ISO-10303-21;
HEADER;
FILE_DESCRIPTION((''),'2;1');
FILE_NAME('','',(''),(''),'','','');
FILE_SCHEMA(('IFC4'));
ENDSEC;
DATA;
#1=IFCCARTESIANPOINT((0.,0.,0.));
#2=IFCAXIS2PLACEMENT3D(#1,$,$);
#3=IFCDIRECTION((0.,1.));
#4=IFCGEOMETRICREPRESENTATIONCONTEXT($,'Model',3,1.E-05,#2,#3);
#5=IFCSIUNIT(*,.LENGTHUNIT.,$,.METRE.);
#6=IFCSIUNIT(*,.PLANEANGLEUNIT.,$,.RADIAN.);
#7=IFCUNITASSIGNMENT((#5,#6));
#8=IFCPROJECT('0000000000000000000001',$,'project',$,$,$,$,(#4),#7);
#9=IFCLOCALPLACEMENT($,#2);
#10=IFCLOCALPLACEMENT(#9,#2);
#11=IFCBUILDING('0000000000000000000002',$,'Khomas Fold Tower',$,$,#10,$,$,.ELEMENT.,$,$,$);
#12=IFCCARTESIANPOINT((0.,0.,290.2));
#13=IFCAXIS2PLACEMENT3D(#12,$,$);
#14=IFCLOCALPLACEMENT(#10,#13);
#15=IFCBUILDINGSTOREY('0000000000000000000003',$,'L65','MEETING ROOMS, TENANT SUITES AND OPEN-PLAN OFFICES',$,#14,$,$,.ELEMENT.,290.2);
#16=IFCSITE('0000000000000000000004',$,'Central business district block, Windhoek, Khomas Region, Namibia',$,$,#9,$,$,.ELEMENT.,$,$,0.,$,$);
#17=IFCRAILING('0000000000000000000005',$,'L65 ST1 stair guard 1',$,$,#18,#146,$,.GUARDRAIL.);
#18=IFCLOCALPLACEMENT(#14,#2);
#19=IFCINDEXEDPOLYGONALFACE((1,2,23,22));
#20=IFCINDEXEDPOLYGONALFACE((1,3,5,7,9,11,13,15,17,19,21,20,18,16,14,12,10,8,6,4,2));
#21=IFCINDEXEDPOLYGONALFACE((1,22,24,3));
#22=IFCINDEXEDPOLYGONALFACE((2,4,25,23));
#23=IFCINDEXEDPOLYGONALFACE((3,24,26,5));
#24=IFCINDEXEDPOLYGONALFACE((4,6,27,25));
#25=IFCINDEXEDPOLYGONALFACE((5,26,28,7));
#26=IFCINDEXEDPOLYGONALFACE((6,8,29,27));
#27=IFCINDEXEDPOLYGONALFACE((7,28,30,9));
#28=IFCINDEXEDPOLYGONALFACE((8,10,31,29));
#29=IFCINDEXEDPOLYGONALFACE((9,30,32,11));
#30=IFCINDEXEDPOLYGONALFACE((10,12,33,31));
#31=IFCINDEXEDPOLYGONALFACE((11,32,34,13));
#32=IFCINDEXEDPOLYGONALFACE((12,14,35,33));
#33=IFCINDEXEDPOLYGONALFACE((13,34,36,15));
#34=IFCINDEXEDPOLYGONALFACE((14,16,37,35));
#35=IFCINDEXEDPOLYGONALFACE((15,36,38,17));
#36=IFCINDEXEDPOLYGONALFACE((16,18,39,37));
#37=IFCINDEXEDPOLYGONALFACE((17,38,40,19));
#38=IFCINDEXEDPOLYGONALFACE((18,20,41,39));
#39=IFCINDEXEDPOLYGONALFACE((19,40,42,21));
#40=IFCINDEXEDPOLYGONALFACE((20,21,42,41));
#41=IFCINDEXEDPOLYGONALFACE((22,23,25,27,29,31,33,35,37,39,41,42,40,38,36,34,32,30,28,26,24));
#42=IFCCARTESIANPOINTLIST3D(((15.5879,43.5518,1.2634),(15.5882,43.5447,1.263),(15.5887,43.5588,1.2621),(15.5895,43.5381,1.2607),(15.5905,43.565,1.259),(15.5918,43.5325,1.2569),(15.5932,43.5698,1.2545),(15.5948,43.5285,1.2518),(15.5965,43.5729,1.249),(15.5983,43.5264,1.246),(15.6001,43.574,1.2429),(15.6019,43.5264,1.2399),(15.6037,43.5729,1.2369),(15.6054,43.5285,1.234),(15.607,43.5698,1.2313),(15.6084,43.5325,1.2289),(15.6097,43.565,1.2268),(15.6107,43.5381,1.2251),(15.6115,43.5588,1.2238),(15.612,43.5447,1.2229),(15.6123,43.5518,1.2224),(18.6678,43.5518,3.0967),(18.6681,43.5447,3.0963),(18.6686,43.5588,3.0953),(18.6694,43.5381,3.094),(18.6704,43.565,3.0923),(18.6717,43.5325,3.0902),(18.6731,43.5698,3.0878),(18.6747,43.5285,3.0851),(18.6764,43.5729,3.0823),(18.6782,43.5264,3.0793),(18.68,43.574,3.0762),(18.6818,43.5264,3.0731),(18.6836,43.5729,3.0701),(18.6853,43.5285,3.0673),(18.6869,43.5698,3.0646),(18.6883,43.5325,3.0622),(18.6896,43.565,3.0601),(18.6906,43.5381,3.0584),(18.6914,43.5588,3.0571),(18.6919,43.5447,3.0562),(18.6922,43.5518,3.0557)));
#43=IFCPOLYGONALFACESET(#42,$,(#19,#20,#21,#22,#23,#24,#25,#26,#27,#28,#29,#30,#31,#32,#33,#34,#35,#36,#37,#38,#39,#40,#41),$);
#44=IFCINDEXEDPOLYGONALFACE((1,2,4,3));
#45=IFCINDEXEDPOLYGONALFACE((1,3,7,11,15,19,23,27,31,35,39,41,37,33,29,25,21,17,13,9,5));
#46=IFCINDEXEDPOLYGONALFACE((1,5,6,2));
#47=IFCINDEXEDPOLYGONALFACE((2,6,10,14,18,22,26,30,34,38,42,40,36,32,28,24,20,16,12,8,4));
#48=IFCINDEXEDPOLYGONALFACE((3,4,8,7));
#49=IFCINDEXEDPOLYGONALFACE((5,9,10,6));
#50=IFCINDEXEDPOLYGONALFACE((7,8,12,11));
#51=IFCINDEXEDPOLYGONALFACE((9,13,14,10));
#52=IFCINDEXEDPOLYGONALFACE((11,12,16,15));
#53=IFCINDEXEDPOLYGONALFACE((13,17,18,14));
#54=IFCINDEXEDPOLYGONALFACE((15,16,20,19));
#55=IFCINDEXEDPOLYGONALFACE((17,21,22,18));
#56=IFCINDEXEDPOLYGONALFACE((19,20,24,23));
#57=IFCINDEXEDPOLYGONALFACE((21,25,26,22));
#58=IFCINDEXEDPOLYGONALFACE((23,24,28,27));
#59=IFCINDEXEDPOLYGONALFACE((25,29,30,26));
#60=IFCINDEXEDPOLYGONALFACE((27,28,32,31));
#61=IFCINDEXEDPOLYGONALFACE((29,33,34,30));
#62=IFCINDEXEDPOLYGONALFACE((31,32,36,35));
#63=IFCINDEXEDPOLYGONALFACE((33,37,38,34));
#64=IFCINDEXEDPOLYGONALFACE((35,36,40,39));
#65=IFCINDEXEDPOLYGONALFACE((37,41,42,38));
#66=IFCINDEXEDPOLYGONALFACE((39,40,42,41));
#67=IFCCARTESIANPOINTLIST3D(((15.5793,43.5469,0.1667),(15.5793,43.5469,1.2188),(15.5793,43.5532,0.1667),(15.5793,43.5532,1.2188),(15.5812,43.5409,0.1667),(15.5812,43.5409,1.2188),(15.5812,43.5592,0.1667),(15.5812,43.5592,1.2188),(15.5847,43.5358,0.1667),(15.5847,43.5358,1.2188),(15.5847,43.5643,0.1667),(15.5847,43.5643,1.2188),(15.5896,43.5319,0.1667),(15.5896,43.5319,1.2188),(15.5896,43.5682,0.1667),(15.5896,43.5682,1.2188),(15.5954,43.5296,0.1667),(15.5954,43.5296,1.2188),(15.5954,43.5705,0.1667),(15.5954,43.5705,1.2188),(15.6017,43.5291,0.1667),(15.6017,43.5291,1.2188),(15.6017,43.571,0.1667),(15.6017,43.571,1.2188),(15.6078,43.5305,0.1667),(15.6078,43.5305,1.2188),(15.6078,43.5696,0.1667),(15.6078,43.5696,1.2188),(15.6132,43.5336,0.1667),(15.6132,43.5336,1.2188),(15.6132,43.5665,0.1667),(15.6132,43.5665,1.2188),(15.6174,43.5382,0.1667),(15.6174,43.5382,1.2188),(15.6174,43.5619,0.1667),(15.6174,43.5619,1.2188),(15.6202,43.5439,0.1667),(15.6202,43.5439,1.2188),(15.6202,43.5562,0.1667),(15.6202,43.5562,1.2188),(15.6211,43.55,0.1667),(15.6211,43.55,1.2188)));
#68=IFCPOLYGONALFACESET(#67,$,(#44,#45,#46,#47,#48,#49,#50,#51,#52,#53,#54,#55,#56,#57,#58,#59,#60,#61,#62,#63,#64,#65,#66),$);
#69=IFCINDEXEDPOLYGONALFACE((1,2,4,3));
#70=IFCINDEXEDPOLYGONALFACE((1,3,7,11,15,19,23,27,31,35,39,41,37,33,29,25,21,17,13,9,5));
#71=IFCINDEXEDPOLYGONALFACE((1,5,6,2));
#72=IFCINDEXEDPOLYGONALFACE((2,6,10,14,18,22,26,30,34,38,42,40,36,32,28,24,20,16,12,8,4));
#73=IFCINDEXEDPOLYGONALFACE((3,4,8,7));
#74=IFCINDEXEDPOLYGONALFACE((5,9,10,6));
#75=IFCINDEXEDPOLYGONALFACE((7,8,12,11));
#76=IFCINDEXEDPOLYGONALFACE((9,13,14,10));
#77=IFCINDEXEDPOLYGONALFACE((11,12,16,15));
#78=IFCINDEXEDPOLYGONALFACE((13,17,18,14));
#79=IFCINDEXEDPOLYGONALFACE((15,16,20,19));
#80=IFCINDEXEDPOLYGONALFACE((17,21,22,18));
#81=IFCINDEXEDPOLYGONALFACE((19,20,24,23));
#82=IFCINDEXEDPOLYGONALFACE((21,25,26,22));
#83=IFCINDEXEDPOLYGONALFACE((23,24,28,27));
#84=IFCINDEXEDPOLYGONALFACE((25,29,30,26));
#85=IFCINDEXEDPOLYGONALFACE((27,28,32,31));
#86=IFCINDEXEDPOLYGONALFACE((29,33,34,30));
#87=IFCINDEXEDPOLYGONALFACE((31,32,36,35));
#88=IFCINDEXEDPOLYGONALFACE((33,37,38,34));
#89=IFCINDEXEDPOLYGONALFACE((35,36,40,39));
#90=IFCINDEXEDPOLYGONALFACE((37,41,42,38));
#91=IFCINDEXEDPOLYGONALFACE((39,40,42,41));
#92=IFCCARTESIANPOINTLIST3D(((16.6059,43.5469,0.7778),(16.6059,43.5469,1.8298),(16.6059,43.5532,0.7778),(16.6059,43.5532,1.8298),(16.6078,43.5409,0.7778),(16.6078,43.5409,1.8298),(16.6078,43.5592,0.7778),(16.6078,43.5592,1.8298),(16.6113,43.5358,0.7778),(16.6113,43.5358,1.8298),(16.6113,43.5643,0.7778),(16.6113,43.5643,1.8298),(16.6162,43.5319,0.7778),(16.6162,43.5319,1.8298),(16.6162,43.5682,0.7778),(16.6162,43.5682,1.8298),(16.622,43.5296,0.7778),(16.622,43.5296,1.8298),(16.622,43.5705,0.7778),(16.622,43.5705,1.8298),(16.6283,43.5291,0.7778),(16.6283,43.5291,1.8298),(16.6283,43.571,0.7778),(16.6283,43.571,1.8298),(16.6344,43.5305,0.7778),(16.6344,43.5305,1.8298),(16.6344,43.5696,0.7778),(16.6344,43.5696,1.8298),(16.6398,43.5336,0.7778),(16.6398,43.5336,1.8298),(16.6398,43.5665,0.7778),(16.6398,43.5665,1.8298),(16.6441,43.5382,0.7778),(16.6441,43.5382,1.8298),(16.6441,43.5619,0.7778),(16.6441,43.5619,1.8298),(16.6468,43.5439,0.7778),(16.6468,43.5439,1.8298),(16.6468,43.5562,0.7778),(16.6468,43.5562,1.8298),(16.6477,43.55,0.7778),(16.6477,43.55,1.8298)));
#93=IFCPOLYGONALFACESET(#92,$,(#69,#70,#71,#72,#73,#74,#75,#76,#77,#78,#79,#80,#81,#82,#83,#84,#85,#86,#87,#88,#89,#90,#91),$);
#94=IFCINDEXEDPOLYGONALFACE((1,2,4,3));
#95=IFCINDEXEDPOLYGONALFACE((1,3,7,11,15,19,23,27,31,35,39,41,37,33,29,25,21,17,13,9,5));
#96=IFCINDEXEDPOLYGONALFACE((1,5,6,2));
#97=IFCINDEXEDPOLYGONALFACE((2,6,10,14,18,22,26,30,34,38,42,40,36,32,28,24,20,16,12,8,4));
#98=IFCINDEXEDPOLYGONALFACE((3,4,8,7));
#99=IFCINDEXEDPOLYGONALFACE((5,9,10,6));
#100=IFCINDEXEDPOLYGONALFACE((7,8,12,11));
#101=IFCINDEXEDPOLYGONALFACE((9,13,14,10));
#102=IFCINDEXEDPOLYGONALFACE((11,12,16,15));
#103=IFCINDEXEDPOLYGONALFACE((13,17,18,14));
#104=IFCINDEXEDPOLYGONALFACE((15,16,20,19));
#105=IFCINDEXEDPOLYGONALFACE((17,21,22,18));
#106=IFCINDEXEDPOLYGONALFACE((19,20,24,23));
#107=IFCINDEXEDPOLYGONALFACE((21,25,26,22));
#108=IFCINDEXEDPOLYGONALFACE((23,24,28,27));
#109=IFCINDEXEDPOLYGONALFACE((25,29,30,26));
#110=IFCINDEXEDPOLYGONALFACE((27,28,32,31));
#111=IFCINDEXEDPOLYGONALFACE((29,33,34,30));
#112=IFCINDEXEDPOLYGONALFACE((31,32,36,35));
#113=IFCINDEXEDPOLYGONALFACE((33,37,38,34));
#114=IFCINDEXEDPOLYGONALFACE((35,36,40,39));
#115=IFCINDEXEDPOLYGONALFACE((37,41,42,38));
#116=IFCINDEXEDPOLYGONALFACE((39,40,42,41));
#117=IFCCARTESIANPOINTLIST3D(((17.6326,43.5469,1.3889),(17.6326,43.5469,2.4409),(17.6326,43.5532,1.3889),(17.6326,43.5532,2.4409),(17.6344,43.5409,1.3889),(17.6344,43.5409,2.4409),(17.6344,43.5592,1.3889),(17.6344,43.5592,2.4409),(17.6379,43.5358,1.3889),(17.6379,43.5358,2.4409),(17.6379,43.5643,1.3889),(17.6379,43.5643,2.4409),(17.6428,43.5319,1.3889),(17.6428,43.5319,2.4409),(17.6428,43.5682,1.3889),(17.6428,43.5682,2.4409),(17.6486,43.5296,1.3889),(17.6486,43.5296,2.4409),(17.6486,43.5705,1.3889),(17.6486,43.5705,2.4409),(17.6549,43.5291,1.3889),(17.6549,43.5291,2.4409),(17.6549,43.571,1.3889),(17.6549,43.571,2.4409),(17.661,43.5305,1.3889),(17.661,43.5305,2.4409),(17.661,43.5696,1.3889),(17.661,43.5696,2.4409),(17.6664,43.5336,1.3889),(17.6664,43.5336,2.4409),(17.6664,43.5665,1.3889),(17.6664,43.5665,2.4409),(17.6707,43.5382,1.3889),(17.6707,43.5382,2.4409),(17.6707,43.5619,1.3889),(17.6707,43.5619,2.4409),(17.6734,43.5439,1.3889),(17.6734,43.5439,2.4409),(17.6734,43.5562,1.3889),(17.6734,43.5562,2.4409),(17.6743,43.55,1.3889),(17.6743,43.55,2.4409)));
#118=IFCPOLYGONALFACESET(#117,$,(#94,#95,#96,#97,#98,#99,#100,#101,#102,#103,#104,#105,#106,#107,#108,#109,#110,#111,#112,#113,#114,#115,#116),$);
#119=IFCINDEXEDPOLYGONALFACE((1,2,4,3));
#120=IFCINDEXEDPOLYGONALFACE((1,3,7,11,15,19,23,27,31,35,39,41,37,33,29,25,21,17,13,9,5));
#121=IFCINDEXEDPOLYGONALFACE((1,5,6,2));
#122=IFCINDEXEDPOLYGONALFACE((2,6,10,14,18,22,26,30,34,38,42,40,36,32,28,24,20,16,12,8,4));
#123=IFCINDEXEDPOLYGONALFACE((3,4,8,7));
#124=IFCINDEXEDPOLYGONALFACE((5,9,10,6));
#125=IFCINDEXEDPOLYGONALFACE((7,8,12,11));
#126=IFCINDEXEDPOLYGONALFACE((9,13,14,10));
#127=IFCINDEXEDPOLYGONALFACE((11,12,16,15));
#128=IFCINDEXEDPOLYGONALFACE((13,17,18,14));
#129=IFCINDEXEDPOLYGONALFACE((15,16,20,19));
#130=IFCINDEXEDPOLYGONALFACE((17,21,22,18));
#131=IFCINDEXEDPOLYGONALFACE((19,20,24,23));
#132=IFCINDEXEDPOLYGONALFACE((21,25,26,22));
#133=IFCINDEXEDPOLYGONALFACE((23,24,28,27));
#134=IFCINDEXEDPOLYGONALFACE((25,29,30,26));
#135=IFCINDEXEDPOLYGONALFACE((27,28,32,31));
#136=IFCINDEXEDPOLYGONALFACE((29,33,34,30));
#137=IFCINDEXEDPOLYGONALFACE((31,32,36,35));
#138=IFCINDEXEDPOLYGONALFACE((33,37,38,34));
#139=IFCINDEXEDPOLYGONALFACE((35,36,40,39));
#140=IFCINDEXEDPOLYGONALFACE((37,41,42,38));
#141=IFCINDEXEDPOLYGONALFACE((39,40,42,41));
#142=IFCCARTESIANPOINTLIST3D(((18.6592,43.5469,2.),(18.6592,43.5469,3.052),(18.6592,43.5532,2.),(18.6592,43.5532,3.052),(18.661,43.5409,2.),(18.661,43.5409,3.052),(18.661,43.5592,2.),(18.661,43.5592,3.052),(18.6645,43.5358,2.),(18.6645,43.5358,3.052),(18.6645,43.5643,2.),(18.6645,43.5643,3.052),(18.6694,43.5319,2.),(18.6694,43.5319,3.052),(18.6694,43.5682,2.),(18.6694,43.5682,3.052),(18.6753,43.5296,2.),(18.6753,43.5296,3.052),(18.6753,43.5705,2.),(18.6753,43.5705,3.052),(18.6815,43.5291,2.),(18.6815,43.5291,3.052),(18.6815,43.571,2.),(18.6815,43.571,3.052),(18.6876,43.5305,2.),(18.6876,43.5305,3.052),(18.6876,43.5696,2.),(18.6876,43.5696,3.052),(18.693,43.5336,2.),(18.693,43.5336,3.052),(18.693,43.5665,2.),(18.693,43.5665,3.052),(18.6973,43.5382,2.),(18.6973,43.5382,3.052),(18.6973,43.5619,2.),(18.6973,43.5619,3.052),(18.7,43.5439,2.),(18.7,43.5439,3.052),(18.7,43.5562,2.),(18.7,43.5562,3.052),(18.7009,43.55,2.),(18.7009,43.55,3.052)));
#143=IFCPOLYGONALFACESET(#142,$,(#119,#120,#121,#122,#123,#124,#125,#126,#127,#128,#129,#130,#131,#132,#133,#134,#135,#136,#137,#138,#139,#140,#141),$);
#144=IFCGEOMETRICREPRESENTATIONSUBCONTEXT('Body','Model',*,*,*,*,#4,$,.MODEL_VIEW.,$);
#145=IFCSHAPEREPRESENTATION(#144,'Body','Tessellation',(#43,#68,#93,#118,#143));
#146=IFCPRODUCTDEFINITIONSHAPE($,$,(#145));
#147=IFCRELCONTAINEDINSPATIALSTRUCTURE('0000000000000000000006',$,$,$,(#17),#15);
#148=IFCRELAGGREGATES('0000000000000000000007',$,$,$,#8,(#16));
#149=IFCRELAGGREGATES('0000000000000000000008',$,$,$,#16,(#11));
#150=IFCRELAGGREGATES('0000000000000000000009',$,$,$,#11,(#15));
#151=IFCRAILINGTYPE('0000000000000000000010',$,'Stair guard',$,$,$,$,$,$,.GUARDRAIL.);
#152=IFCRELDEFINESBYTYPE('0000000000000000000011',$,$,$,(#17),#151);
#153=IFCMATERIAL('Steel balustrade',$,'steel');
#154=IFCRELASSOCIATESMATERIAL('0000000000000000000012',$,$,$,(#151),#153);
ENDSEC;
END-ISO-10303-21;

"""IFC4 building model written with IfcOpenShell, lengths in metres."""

from ifc_helpers import new_model, si_unit, direction, frame, origin, origin_2d, place, context, subcontext, project, spatial, circle, extrude, source, transform, mapped, material, type_object, element, save


model = new_model("IFC4")

# Units and contexts
model_context = context("Model", 3, precision=1e-05, world=origin(), true_north=direction((0.0, 1.0)))
body_context = subcontext(model_context, "Body", "Model", "MODEL_VIEW")
ifc_project = project(units=[si_unit("LENGTHUNIT", "METRE"), si_unit("PLANEANGLEUNIT", "RADIAN")], contexts=[model_context])

# Site, building, storey
site_placement = place(None, origin())
site = spatial("IfcSite", under=ifc_project, at=site_placement, Name="Central business district block, Windhoek, Khomas Region, Namibia", CompositionType="ELEMENT", RefElevation=0.0)
building_placement = place(site_placement, origin())
building = spatial("IfcBuilding", under=site, at=building_placement, Name="Khomas Fold Tower", CompositionType="ELEMENT")
storey_placement = place(building_placement, frame((0.0, 0.0, 290.2)))
storey = spatial("IfcBuildingStorey", under=building, at=storey_placement, Name="L65", Description="MEETING ROOMS, TENANT SUITES AND OPEN-PLAN OFFICES", CompositionType="ELEMENT", Elevation=290.2)

# Railing
ifc_material_1 = material(Name="Steel balustrade", Category="steel")
railing_type_1 = type_object("IfcRailingType", Name="Stair guard", PredefinedType="GUARDRAIL", material=ifc_material_1)
shared_shape_1 = source(origin(), body_context, "Body", "SweptSolid", [
    extrude(circle(Radius=0.0239, at=origin_2d()), frame((0.0, 0.0, 1.0762), z_axis=(0.859291, 0.0, 0.511487), x_axis=(0.0, 1.0, 0.0)), (0.0, 0.0, 1.0), 3.5842),
    extrude(circle(Radius=0.021, at=origin_2d()), origin(), (0.0, 0.0, 1.0), 1.052),
    extrude(circle(Radius=0.021, at=origin_2d()), frame((1.0266, 0.0, 0.6111)), (0.0, 0.0, 1.0), 1.052),
    extrude(circle(Radius=0.021, at=origin_2d()), frame((2.0532, 0.0, 1.2222)), (0.0, 0.0, 1.0), 1.052),
    extrude(circle(Radius=0.021, at=origin_2d()), frame((3.0798, 0.0, 1.8333)), (0.0, 0.0, 1.0), 1.052),
])
railing_1_placement = place(storey_placement, frame((15.6001, 43.55, 0.1667)))
element("IfcRailing", 1, at=railing_1_placement, inside=storey, type_object=railing_type_1, Name="L65 ST1 stair guard 1", PredefinedType="GUARDRAIL", context=body_context, shape_type="MappedRepresentation", body=[
    mapped(shared_shape_1, transform((0.0, 0.0, 0.0))),
])

save(model, "model.ifc")
